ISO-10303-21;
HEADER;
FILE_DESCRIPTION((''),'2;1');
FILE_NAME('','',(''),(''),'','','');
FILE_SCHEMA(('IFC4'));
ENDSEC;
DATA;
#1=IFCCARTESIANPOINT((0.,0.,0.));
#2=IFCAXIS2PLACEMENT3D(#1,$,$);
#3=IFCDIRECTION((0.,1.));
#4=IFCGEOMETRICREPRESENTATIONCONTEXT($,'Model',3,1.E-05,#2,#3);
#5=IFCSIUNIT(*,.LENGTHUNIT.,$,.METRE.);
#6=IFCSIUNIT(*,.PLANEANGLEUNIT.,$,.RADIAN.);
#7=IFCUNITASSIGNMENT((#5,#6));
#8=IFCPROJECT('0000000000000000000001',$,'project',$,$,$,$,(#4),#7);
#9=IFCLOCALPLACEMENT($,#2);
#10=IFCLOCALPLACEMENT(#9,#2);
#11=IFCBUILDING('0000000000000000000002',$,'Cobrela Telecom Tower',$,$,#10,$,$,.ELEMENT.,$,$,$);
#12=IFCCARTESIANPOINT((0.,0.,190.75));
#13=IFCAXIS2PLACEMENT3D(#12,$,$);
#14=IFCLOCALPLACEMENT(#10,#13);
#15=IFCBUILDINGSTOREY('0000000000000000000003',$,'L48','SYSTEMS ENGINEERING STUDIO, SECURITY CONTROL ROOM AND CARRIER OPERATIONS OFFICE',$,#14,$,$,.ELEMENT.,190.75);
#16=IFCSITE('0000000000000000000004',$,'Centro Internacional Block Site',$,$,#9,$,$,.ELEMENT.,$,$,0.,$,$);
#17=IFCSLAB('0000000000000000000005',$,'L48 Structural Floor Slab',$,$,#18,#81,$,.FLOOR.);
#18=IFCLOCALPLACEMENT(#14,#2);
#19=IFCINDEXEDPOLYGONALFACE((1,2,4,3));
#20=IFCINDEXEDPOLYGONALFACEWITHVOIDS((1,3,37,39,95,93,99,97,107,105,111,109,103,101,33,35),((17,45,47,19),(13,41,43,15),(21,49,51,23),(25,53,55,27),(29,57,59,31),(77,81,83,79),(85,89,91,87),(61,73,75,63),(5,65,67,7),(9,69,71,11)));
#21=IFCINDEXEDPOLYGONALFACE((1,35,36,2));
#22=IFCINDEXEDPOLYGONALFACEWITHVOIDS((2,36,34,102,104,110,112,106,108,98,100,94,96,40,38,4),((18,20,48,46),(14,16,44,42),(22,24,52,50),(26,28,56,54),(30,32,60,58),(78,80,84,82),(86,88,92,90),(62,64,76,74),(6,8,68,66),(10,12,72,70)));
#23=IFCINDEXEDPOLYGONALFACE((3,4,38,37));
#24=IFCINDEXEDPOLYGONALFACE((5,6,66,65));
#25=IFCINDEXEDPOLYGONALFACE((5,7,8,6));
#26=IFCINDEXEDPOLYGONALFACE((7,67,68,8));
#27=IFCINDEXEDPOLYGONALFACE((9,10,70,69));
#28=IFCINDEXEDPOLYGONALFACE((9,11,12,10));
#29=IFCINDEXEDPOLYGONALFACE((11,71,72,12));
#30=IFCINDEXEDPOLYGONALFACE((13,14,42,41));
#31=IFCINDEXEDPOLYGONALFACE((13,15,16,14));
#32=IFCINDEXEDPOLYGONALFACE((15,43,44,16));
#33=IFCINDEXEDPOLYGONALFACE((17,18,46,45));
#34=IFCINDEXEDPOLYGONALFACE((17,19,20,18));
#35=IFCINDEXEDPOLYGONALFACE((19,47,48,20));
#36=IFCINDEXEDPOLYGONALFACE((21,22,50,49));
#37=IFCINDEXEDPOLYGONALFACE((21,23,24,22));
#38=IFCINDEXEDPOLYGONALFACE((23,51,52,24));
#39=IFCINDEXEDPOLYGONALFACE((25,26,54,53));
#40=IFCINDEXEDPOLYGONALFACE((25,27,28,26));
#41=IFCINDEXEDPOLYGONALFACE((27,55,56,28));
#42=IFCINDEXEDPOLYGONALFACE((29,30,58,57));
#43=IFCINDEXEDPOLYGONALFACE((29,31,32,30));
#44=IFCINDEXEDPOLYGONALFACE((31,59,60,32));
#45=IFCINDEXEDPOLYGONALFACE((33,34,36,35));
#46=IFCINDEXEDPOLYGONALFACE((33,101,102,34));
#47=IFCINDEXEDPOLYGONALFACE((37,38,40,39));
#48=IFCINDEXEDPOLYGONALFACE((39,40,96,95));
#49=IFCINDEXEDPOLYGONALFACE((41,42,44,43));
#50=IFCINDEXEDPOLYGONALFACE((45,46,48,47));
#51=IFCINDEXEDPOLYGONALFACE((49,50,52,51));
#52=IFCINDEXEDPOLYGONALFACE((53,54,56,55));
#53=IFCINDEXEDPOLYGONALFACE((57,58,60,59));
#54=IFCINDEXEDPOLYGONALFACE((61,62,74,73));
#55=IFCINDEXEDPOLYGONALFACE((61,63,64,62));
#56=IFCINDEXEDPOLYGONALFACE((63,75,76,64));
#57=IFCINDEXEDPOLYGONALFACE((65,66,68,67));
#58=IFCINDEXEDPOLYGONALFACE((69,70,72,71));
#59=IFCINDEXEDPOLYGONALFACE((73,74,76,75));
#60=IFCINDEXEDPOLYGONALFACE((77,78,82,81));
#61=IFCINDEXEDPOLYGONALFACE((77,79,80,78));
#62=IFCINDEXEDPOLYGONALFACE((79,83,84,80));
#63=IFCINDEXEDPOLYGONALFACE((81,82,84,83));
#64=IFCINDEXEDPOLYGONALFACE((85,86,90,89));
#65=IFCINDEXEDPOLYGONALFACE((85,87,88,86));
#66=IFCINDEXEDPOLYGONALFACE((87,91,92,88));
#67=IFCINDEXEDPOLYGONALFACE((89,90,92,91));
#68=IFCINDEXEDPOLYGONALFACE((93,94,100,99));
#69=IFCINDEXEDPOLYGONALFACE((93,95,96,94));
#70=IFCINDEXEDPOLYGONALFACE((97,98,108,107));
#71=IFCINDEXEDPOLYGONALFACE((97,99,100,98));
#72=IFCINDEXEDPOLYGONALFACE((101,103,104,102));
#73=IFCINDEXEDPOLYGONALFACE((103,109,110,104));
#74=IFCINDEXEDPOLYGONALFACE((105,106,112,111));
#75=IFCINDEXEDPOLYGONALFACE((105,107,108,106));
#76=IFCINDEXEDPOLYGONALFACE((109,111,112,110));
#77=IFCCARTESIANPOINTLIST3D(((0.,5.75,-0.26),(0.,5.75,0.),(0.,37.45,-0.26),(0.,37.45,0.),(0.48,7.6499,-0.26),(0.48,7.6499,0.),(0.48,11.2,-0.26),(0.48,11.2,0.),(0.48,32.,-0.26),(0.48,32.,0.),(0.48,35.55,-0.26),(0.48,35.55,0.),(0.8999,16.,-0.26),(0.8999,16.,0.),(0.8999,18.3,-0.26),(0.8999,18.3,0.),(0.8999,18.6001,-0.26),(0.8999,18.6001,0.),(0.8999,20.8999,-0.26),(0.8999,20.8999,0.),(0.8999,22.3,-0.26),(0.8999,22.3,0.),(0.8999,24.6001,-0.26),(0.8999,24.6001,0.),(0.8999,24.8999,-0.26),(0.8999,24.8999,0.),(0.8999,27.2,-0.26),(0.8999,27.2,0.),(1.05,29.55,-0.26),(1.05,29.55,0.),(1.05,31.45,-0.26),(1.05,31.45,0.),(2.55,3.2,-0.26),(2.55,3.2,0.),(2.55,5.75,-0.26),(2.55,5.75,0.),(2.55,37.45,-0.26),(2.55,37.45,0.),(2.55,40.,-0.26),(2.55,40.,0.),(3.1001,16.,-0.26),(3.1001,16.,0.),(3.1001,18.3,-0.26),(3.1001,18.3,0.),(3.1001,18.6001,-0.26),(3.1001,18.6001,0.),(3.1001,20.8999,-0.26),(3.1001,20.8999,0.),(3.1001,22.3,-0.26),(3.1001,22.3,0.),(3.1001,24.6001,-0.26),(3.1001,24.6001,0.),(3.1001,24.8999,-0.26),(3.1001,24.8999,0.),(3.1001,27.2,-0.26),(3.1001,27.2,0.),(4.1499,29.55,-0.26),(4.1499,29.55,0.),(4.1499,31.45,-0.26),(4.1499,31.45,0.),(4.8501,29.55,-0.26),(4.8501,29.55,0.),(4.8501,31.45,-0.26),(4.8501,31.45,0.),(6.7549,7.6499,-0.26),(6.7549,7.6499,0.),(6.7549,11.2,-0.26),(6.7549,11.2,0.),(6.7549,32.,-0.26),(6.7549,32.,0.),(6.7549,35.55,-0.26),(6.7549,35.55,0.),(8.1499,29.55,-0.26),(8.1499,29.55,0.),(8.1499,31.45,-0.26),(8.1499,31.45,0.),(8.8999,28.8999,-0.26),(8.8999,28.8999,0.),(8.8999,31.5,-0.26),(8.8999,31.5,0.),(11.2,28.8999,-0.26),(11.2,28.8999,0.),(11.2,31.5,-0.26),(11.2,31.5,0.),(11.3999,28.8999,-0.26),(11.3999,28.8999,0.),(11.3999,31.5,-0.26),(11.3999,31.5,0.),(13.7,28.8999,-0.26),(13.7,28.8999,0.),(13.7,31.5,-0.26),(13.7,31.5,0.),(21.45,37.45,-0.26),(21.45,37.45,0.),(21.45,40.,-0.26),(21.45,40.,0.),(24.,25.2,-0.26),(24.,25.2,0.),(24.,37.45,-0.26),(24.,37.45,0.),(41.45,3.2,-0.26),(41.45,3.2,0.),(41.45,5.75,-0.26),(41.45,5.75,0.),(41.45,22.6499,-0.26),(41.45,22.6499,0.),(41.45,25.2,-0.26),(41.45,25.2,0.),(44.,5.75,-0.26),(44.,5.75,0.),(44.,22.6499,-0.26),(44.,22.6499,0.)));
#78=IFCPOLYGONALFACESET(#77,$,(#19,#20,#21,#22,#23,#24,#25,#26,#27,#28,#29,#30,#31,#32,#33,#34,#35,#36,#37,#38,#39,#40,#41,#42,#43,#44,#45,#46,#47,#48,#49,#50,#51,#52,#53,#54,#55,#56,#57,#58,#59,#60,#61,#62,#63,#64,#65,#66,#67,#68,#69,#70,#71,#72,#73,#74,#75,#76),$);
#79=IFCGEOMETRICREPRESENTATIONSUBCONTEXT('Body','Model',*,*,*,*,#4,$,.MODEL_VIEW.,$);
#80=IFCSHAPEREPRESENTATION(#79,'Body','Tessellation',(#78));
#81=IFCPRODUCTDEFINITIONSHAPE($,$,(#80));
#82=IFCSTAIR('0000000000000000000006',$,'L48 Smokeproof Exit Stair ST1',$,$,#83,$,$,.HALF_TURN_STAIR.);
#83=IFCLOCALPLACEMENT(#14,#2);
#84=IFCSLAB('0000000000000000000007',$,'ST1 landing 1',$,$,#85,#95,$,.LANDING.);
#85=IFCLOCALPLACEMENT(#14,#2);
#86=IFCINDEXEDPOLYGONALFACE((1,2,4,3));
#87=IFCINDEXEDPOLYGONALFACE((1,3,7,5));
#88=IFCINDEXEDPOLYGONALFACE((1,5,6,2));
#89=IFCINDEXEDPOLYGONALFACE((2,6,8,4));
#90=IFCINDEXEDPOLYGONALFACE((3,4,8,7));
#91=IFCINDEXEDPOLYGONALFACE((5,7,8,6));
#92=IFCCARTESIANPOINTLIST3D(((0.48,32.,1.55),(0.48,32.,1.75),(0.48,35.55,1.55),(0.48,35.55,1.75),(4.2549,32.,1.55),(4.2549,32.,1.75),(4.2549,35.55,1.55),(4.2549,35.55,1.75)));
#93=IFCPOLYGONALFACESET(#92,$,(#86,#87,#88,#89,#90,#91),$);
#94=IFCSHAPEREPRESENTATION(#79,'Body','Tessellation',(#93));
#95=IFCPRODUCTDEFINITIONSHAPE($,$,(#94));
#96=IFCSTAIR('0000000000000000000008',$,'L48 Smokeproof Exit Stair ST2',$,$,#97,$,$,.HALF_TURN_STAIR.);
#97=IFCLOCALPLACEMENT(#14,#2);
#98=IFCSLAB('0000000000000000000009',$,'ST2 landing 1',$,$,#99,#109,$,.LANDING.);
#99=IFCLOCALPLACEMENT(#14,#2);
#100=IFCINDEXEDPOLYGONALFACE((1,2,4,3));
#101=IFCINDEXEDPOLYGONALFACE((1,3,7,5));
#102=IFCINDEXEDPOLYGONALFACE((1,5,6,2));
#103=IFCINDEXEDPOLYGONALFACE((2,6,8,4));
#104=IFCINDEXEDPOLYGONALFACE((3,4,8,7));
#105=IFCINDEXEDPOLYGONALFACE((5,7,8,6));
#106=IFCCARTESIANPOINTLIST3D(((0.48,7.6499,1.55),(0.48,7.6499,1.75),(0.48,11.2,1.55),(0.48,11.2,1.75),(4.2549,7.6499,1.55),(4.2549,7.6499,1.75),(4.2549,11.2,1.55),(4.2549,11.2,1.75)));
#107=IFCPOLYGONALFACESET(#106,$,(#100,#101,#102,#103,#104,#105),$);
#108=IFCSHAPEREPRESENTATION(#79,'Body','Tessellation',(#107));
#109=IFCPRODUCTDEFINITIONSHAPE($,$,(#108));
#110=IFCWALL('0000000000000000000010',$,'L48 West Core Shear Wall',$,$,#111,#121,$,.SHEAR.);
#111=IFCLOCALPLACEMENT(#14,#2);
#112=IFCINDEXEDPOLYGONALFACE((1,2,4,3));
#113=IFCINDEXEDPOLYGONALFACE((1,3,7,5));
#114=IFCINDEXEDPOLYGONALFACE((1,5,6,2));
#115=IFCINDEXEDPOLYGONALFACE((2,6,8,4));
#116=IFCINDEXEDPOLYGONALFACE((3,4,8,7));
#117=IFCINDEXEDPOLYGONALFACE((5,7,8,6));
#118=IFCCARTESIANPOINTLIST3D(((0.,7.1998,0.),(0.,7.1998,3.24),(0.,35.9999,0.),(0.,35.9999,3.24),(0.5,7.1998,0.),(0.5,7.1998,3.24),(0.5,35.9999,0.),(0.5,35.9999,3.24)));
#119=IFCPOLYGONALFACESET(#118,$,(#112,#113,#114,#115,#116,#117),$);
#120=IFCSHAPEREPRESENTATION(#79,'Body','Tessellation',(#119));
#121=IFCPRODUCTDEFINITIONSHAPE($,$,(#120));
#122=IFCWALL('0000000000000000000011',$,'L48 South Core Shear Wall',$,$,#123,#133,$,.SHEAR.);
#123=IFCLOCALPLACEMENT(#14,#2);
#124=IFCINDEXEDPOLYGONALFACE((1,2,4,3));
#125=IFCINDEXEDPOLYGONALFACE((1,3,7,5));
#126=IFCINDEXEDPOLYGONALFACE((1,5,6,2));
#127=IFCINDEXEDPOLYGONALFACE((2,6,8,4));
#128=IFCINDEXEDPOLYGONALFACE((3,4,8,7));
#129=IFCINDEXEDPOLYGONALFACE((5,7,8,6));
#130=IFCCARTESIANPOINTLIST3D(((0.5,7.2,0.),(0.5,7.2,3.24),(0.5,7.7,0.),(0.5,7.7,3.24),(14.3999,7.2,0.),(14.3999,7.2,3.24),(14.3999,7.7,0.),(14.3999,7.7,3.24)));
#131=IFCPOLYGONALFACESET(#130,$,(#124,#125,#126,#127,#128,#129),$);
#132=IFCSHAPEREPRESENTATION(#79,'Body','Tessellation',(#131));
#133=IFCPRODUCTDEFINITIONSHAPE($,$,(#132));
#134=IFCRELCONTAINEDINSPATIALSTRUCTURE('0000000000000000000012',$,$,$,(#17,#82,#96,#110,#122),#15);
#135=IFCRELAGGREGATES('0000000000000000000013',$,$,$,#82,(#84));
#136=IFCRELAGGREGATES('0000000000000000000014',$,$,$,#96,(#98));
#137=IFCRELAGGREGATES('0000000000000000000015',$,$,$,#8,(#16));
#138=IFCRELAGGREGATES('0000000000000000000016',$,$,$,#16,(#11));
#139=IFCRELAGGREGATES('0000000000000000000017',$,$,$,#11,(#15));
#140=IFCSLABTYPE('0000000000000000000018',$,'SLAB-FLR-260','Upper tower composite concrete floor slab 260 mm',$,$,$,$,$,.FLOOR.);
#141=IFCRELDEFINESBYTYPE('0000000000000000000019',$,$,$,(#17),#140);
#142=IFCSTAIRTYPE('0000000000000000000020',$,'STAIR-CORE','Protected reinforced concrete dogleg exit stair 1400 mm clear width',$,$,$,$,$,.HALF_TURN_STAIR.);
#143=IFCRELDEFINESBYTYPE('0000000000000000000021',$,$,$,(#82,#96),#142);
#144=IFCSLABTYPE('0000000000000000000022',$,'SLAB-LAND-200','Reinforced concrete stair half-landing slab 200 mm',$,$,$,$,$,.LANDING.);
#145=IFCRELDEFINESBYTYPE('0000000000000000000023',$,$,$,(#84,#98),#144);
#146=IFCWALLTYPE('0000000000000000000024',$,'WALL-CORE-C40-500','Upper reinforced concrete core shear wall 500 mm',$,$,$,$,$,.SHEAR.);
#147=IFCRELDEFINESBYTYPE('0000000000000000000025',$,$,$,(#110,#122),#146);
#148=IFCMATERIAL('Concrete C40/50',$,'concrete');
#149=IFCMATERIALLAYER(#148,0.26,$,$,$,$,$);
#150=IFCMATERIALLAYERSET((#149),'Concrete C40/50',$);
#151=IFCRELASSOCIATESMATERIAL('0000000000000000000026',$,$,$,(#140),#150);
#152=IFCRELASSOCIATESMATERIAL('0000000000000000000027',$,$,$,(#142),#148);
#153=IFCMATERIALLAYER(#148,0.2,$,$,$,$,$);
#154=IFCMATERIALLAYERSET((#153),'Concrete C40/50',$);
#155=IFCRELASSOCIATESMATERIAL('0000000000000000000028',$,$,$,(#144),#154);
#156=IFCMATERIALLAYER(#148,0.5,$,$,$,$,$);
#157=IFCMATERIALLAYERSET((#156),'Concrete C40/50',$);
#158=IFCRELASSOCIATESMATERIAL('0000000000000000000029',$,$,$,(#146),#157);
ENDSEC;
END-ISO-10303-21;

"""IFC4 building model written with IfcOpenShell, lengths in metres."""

from ifc_helpers import new_model, si_unit, direction, frame, frame_2d, origin, place, context, subcontext, project, spatial, polyline, rectangle, outline, extrude, material, layer, layer_set, type_object, element, aggregate, save


model = new_model("IFC4")

# Units and contexts
model_context = context("Model", 3, precision=1e-05, world=origin(), true_north=direction((0.0, 1.0)))
body_context = subcontext(model_context, "Body", "Model", "MODEL_VIEW")
ifc_project = project(units=[si_unit("LENGTHUNIT", "METRE"), si_unit("PLANEANGLEUNIT", "RADIAN")], contexts=[model_context])

# Site, building, storey
site_placement = place(None, origin())
site = spatial("IfcSite", under=ifc_project, at=site_placement, Name="Centro Internacional Block Site", CompositionType="ELEMENT", RefElevation=0.0)
building_placement = place(site_placement, origin())
building = spatial("IfcBuilding", under=site, at=building_placement, Name="Cobrela Telecom Tower", CompositionType="ELEMENT")
storey_placement = place(building_placement, frame((0.0, 0.0, 190.75)))
storey = spatial("IfcBuildingStorey", under=building, at=storey_placement, Name="L48", Description="SYSTEMS ENGINEERING STUDIO, SECURITY CONTROL ROOM AND CARRIER OPERATIONS OFFICE", CompositionType="ELEMENT", Elevation=190.75)

# Slab, openings
ifc_material_1 = material(Name="Concrete C40/50", Category="concrete")
ifc_layer_1 = layer(ifc_material_1, 0.26)
ifc_layer_set_1 = layer_set([ifc_layer_1], Name="Concrete C40/50")
slab_type_1 = type_object("IfcSlabType", Name="SLAB-FLR-260", Description="Upper tower composite concrete floor slab 260 mm", PredefinedType="FLOOR", material=ifc_layer_set_1)
slab_1_placement = place(storey_placement, frame((0.0, 0.0, -0.26)))
slab_1 = element("IfcSlab", 1, at=slab_1_placement, inside=storey, type_object=slab_type_1, Name="L48 Structural Floor Slab", PredefinedType="FLOOR", context=body_context, shape_type="SweptSolid", body=[
    extrude(outline(polyline([(2.55, 3.2), (41.45, 3.2), (41.45, 5.75), (44.0, 5.75), (44.0, 22.6499), (41.45, 22.6499), (41.45, 25.2), (24.0, 25.2), (24.0, 37.45), (21.45, 37.45), (21.45, 40.0), (2.55, 40.0), (2.55, 37.45), (0.0, 37.45), (0.0, 5.75), (2.55, 5.75), (2.55, 3.2)])), origin(), (0.0, 0.0, 1.0), 0.26),
])
opening_1_placement = place(slab_1_placement, frame((0.0, 0.0, -0.02)))
element("IfcOpeningElement", 2, at=opening_1_placement, cuts=slab_1, PredefinedType="OPENING", context=body_context, shape_type="SweptSolid", body=[
    extrude(outline(polyline([(8.8999, 28.8999), (11.2, 28.8999), (11.2, 31.5), (8.8999, 31.5), (8.8999, 28.8999)])), origin(), (0.0, 0.0, 1.0), 0.3),
])
opening_2_placement = place(slab_1_placement, frame((0.0, 0.0, -0.02)))
element("IfcOpeningElement", 3, at=opening_2_placement, cuts=slab_1, PredefinedType="OPENING", context=body_context, shape_type="SweptSolid", body=[
    extrude(outline(polyline([(11.3999, 28.8999), (13.7, 28.8999), (13.7, 31.5), (11.3999, 31.5), (11.3999, 28.8999)])), origin(), (0.0, 0.0, 1.0), 0.3),
])
opening_3_placement = place(slab_1_placement, frame((0.0, 0.0, -0.02)))
element("IfcOpeningElement", 4, at=opening_3_placement, cuts=slab_1, PredefinedType="OPENING", context=body_context, shape_type="SweptSolid", body=[
    extrude(outline(polyline([(0.8999, 16.0), (3.1001, 16.0), (3.1001, 18.3), (0.8999, 18.3), (0.8999, 16.0)])), origin(), (0.0, 0.0, 1.0), 0.3),
])
opening_4_placement = place(slab_1_placement, frame((0.0, 0.0, -0.02)))
element("IfcOpeningElement", 5, at=opening_4_placement, cuts=slab_1, PredefinedType="OPENING", context=body_context, shape_type="SweptSolid", body=[
    extrude(outline(polyline([(0.8999, 18.6001), (3.1001, 18.6001), (3.1001, 20.8999), (0.8999, 20.8999), (0.8999, 18.6001)])), origin(), (0.0, 0.0, 1.0), 0.3),
])
opening_5_placement = place(slab_1_placement, frame((0.0, 0.0, -0.02)))
element("IfcOpeningElement", 6, at=opening_5_placement, cuts=slab_1, PredefinedType="OPENING", context=body_context, shape_type="SweptSolid", body=[
    extrude(outline(polyline([(0.8999, 22.3), (3.1001, 22.3), (3.1001, 24.6001), (0.8999, 24.6001), (0.8999, 22.3)])), origin(), (0.0, 0.0, 1.0), 0.3),
])
opening_6_placement = place(slab_1_placement, frame((0.0, 0.0, -0.02)))
element("IfcOpeningElement", 7, at=opening_6_placement, cuts=slab_1, PredefinedType="OPENING", context=body_context, shape_type="SweptSolid", body=[
    extrude(outline(polyline([(0.8999, 24.8999), (3.1001, 24.8999), (3.1001, 27.2), (0.8999, 27.2), (0.8999, 24.8999)])), origin(), (0.0, 0.0, 1.0), 0.3),
])
opening_7_placement = place(slab_1_placement, frame((0.0, 0.0, -0.02)))
element("IfcOpeningElement", 8, at=opening_7_placement, cuts=slab_1, PredefinedType="OPENING", context=body_context, shape_type="SweptSolid", body=[
    extrude(outline(polyline([(1.05, 29.55), (4.1499, 29.55), (4.1499, 31.45), (1.05, 31.45), (1.05, 29.55)])), origin(), (0.0, 0.0, 1.0), 0.3),
])
opening_8_placement = place(slab_1_placement, frame((0.0, 0.0, -0.02)))
element("IfcOpeningElement", 9, at=opening_8_placement, cuts=slab_1, PredefinedType="OPENING", context=body_context, shape_type="SweptSolid", body=[
    extrude(outline(polyline([(4.8501, 29.55), (8.1499, 29.55), (8.1499, 31.45), (4.8501, 31.45), (4.8501, 29.55)])), origin(), (0.0, 0.0, 1.0), 0.3),
])
opening_9_placement = place(slab_1_placement, frame((0.0, 0.0, -0.02)))
element("IfcOpeningElement", 10, at=opening_9_placement, cuts=slab_1, PredefinedType="OPENING", context=body_context, shape_type="SweptSolid", body=[
    extrude(outline(polyline([(6.7549, 35.55), (0.48, 35.55), (0.48, 32.0), (6.7549, 32.0), (6.7549, 35.55)])), origin(), (0.0, 0.0, 1.0), 0.3),
])
opening_10_placement = place(slab_1_placement, frame((0.0, 0.0, -0.02)))
element("IfcOpeningElement", 11, at=opening_10_placement, cuts=slab_1, PredefinedType="OPENING", context=body_context, shape_type="SweptSolid", body=[
    extrude(outline(polyline([(6.7549, 11.2), (0.48, 11.2), (0.48, 7.6499), (6.7549, 7.6499), (6.7549, 11.2)])), origin(), (0.0, 0.0, 1.0), 0.3),
])

# Stairs, slabs
stair_type = type_object("IfcStairType", Name="STAIR-CORE", Description="Protected reinforced concrete dogleg exit stair 1400 mm clear width", PredefinedType="HALF_TURN_STAIR", material=ifc_material_1)
stair_1_placement = place(storey_placement, origin())
stair_1 = element("IfcStair", 12, at=stair_1_placement, inside=storey, type_object=stair_type, Name="L48 Smokeproof Exit Stair ST1", PredefinedType="HALF_TURN_STAIR")
ifc_layer_2 = layer(ifc_material_1, 0.2)
ifc_layer_set_2 = layer_set([ifc_layer_2], Name="Concrete C40/50")
slab_type_2 = type_object("IfcSlabType", Name="SLAB-LAND-200", Description="Reinforced concrete stair half-landing slab 200 mm", PredefinedType="LANDING", material=ifc_layer_set_2)
slab_2_placement = place(storey_placement, frame((0.0, 0.0, 1.55)))
slab_2 = element("IfcSlab", 13, at=slab_2_placement, type_object=slab_type_2, Name="ST1 landing 1", PredefinedType="LANDING", context=body_context, shape_type="SweptSolid", body=[
    extrude(outline(polyline([(4.2549, 35.55), (0.48, 35.55), (0.48, 32.0), (4.2549, 32.0), (4.2549, 35.55)])), origin(), (0.0, 0.0, 1.0), 0.2),
])
aggregate(stair_1, [slab_2])
stair_2_placement = place(storey_placement, origin())
stair_2 = element("IfcStair", 14, at=stair_2_placement, inside=storey, type_object=stair_type, Name="L48 Smokeproof Exit Stair ST2", PredefinedType="HALF_TURN_STAIR")
slab_3_placement = place(storey_placement, frame((0.0, 0.0, 1.55)))
slab_3 = element("IfcSlab", 15, at=slab_3_placement, type_object=slab_type_2, Name="ST2 landing 1", PredefinedType="LANDING", context=body_context, shape_type="SweptSolid", body=[
    extrude(outline(polyline([(4.2549, 11.2), (0.48, 11.2), (0.48, 7.6499), (4.2549, 7.6499), (4.2549, 11.2)])), origin(), (0.0, 0.0, 1.0), 0.2),
])

# Walls
ifc_layer_3 = layer(ifc_material_1, 0.5)
ifc_layer_set_3 = layer_set([ifc_layer_3], Name="Concrete C40/50")
wall_type_1 = type_object("IfcWallType", Name="WALL-CORE-C40-500", Description="Upper reinforced concrete core shear wall 500 mm", PredefinedType="SHEAR", material=ifc_layer_set_3)
wall_1_placement = place(storey_placement, frame((0.25, 7.2, 0.0), z_axis=(0.0, 0.0, 1.0), x_axis=(0.0, 1.0, 0.0)))
element("IfcWall", 16, at=wall_1_placement, inside=storey, type_object=wall_type_1, Name="L48 West Core Shear Wall", PredefinedType="SHEAR", context=body_context, shape_type="SweptSolid", body=[
    extrude(rectangle(XDim=28.8, YDim=0.5, at=frame_2d((14.3999, 0.0))), origin(), (0.0, 0.0, 1.0), 3.24),
])
wall_2_placement = place(storey_placement, frame((0.5, 7.45, 0.0), z_axis=(0.0, 0.0, 1.0), x_axis=(1.0, 0.0, 0.0)))
element("IfcWall", 17, at=wall_2_placement, inside=storey, type_object=wall_type_1, Name="L48 South Core Shear Wall", PredefinedType="SHEAR", context=body_context, shape_type="SweptSolid", body=[
    extrude(rectangle(XDim=13.8999, YDim=0.5, at=frame_2d((6.95, 0.0))), origin(), (0.0, 0.0, 1.0), 3.24),
])

aggregate(stair_2, [slab_3])

save(model, "model.ifc")
